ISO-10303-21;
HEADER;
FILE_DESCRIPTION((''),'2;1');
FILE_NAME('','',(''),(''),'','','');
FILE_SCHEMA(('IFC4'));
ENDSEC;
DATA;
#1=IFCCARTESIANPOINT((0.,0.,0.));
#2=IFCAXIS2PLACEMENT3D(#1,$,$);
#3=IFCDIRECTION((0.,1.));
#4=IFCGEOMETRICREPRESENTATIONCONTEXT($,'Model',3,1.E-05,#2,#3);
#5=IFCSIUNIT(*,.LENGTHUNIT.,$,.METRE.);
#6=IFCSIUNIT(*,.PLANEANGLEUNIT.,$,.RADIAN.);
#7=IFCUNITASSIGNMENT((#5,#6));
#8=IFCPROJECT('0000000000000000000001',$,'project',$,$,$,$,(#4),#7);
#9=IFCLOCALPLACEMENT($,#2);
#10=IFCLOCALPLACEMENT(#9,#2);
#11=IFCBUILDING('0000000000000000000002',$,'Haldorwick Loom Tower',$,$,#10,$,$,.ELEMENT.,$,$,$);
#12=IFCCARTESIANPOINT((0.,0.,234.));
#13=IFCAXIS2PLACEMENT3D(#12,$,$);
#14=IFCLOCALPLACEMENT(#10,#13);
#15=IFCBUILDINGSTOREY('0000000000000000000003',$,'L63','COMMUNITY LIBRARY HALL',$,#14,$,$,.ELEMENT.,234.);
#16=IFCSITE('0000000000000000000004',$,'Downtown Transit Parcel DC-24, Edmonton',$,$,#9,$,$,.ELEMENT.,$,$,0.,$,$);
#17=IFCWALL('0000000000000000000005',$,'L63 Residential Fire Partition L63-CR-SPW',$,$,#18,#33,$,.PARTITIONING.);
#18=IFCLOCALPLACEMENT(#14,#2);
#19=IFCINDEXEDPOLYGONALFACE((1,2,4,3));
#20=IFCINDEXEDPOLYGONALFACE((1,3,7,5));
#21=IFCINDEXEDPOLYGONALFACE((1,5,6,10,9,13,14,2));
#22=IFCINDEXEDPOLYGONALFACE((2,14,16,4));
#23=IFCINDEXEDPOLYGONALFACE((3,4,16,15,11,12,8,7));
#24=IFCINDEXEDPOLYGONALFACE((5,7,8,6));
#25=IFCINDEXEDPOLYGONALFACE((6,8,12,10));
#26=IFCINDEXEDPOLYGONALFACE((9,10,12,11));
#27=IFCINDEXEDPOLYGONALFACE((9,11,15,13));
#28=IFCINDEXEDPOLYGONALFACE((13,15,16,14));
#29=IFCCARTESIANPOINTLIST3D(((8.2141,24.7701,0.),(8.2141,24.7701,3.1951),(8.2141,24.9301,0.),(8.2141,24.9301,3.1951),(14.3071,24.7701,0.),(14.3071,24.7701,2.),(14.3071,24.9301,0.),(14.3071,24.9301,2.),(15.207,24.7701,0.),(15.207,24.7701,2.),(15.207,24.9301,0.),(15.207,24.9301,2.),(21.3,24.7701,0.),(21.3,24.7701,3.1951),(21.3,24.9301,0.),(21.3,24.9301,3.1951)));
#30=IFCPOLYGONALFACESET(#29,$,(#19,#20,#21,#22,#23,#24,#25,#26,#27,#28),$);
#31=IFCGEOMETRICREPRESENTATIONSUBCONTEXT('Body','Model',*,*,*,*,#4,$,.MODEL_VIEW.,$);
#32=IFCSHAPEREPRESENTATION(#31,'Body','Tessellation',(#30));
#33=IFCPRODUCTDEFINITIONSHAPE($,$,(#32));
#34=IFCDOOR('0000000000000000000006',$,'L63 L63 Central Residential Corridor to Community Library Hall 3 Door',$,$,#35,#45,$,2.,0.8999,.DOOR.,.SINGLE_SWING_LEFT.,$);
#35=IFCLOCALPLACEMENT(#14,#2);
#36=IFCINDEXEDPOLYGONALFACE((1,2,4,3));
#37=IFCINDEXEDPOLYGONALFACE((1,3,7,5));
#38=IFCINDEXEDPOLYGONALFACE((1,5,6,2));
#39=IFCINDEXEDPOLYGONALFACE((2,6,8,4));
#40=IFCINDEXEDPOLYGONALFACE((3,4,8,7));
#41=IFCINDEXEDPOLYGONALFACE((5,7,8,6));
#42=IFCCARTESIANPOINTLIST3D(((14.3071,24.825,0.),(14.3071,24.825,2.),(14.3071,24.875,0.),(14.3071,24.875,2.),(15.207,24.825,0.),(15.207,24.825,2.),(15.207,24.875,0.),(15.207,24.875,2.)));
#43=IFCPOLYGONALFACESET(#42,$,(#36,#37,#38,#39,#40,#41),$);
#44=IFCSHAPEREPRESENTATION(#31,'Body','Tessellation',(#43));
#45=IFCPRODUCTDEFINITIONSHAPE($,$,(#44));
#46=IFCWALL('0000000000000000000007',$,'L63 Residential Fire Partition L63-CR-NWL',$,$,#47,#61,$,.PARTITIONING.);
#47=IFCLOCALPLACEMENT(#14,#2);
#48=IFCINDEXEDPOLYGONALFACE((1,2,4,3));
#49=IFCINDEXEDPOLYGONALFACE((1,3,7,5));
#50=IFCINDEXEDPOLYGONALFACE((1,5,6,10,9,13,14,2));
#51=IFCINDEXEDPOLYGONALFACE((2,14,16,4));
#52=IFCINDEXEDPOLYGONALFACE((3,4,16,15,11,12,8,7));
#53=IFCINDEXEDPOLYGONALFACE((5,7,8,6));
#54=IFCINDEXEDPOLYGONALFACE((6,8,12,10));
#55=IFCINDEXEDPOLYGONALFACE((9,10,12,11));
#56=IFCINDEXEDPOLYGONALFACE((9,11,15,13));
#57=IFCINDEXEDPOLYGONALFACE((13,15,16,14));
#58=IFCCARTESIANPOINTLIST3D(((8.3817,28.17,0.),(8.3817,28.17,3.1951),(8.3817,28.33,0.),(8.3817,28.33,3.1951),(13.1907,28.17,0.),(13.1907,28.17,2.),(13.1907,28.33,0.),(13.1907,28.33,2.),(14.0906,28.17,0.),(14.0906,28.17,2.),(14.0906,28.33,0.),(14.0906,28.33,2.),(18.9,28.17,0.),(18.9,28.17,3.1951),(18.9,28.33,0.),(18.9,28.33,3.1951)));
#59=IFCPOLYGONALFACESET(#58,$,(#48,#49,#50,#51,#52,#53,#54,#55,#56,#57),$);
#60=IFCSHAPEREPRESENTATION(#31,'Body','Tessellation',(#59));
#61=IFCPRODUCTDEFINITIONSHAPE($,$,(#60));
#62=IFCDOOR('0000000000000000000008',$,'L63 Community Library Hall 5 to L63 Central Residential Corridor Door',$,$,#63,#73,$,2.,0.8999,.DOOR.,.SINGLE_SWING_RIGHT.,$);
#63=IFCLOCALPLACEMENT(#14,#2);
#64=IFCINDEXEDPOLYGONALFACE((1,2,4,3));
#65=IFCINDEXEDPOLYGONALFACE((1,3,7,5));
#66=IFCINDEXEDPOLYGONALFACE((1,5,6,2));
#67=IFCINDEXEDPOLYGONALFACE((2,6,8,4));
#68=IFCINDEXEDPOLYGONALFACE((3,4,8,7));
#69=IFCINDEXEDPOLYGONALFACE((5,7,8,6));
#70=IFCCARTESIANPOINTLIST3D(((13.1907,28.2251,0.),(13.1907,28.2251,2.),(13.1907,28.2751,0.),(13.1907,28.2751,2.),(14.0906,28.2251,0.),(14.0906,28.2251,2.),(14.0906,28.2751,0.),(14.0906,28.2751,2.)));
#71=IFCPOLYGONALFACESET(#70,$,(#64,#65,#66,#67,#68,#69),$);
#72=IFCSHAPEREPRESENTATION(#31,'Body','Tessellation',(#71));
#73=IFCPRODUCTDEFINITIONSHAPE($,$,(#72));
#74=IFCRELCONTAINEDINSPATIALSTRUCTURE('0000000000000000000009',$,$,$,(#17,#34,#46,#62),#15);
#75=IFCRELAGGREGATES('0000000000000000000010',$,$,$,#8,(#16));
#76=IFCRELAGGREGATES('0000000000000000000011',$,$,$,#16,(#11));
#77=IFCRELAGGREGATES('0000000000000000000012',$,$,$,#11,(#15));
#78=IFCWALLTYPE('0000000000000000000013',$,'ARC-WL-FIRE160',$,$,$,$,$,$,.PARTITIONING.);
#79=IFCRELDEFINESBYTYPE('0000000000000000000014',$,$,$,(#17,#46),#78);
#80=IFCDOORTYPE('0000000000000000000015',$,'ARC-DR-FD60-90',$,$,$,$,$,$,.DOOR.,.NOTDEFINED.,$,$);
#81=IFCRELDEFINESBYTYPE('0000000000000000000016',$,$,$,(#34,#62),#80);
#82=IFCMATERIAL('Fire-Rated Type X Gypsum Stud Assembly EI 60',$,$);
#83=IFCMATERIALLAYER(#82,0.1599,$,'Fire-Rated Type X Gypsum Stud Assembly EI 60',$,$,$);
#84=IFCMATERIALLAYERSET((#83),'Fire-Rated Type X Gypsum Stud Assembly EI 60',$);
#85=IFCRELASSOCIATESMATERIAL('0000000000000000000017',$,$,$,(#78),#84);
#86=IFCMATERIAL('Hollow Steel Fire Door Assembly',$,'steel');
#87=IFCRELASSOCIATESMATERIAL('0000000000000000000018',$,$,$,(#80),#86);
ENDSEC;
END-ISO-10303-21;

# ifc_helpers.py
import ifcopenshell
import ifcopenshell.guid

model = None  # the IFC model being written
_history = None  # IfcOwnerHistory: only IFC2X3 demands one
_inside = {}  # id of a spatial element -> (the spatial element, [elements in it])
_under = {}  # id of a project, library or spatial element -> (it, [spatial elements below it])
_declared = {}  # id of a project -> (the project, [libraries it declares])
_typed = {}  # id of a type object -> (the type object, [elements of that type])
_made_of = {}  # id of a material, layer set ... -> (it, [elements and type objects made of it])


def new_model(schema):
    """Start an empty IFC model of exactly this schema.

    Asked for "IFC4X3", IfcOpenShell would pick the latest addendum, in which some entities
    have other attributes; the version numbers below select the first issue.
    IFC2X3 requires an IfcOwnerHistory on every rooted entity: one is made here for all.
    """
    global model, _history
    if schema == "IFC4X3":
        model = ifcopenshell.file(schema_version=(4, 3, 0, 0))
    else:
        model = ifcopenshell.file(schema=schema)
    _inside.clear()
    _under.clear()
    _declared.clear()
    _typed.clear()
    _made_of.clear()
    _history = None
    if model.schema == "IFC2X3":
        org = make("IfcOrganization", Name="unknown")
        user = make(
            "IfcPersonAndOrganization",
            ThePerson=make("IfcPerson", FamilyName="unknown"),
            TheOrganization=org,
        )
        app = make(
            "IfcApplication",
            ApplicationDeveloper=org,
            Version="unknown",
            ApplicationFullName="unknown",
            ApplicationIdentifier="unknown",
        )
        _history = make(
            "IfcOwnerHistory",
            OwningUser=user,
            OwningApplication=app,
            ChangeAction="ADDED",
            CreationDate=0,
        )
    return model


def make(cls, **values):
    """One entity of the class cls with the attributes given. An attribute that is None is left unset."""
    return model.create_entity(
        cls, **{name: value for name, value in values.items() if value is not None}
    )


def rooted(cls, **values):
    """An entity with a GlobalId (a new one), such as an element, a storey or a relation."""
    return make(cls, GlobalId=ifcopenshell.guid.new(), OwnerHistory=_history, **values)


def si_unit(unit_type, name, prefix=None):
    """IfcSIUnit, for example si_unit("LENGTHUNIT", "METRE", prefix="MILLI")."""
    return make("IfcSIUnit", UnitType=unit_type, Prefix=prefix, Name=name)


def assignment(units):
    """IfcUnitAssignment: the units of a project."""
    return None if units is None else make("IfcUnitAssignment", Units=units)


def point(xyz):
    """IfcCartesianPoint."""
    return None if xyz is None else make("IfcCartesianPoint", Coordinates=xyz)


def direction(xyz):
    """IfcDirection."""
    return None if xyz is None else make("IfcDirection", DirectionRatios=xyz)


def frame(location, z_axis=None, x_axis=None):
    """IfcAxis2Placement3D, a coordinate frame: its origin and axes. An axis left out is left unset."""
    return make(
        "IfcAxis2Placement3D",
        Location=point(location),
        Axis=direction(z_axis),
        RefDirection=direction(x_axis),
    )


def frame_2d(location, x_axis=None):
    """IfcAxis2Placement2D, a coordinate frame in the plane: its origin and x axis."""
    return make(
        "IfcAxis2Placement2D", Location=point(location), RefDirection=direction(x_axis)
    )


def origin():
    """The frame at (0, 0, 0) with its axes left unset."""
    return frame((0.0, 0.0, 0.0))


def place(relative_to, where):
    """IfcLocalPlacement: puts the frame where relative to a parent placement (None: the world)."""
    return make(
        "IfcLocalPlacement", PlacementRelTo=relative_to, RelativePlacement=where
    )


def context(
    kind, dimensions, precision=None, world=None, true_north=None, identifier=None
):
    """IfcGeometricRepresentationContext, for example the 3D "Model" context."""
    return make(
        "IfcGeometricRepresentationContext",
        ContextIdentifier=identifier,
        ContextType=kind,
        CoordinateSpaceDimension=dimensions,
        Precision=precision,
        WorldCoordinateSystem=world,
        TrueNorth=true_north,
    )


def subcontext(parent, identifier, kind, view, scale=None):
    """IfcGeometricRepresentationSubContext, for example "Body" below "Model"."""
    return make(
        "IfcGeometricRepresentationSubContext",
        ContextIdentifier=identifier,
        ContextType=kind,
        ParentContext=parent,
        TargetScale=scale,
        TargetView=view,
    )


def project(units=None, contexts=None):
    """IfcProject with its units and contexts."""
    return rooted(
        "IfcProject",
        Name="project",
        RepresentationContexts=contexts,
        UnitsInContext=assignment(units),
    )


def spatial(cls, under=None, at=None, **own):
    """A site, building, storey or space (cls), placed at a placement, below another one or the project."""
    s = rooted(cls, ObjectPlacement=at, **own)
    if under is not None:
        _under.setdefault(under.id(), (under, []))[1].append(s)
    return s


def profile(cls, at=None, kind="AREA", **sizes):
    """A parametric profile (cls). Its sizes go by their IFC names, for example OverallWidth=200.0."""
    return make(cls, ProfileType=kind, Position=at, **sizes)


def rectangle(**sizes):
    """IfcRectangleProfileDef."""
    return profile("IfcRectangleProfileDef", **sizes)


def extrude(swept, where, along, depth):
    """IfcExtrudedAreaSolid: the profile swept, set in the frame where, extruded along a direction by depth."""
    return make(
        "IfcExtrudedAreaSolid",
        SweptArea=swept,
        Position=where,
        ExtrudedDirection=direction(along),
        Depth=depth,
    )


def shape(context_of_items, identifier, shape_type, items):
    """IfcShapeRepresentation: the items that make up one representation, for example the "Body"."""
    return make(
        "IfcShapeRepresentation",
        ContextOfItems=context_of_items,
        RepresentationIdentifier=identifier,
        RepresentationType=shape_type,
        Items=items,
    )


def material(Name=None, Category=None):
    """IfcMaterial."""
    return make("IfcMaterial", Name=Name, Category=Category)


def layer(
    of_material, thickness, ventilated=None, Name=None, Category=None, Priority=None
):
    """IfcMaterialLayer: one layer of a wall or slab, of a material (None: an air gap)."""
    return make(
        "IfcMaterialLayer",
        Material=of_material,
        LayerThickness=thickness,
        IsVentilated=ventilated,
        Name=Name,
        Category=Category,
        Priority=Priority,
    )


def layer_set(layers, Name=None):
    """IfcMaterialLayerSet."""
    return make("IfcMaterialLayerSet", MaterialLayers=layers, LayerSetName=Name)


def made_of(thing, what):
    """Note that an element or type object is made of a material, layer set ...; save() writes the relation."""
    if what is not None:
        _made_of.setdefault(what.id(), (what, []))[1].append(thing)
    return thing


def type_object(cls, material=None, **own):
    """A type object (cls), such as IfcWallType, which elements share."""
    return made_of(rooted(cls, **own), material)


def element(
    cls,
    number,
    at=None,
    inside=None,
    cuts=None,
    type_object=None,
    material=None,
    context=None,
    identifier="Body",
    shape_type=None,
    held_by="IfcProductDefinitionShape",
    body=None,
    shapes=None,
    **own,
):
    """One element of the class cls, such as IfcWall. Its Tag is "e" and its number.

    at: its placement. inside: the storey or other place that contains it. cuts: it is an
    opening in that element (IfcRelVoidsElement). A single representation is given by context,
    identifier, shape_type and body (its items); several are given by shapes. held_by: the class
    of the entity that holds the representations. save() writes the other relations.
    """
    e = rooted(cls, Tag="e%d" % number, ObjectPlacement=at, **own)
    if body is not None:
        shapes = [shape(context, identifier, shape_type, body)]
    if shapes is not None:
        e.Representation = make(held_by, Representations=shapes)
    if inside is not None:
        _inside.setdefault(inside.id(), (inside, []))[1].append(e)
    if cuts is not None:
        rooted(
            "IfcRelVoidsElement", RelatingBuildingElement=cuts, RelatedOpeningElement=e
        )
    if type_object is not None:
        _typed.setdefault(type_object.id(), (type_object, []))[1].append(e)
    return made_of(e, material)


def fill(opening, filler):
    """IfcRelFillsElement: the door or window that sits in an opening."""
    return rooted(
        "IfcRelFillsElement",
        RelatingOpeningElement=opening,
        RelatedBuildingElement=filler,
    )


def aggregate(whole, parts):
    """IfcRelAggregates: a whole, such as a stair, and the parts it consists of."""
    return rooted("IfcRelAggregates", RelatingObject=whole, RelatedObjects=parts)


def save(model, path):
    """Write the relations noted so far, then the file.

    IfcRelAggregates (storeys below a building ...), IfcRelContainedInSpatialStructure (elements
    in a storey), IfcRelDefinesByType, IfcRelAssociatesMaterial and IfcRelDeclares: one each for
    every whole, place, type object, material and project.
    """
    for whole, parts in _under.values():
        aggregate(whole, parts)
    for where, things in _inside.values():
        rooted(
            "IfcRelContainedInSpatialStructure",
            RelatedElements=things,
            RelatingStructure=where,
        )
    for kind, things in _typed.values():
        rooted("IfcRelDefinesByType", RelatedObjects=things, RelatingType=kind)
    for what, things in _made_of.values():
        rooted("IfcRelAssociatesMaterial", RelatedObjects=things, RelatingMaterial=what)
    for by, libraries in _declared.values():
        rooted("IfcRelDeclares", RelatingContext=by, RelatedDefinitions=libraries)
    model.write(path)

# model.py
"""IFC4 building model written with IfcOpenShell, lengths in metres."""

from ifc_helpers import new_model, si_unit, direction, frame, frame_2d, origin, place, context, subcontext, project, spatial, rectangle, extrude, material, layer, layer_set, type_object, element, fill, save


model = new_model("IFC4")

# Units and contexts
model_context = context("Model", 3, precision=1e-05, world=origin(), true_north=direction((0.0, 1.0)))
body_context = subcontext(model_context, "Body", "Model", "MODEL_VIEW")
ifc_project = project(units=[si_unit("LENGTHUNIT", "METRE"), si_unit("PLANEANGLEUNIT", "RADIAN")], contexts=[model_context])

# Site, building, storey
site_placement = place(None, origin())
site = spatial("IfcSite", under=ifc_project, at=site_placement, Name="Downtown Transit Parcel DC-24, Edmonton", CompositionType="ELEMENT", RefElevation=0.0)
building_placement = place(site_placement, origin())
building = spatial("IfcBuilding", under=site, at=building_placement, Name="Haldorwick Loom Tower", CompositionType="ELEMENT")
storey_placement = place(building_placement, frame((0.0, 0.0, 234.0)))
storey = spatial("IfcBuildingStorey", under=building, at=storey_placement, Name="L63", Description="COMMUNITY LIBRARY HALL", CompositionType="ELEMENT", Elevation=234.0)

# Shared definitions
ifc_material_1 = material(Name="Fire-Rated Type X Gypsum Stud Assembly EI 60")
ifc_layer_1 = layer(ifc_material_1, 0.1599, Name="Fire-Rated Type X Gypsum Stud Assembly EI 60")
ifc_layer_set_1 = layer_set([ifc_layer_1], Name="Fire-Rated Type X Gypsum Stud Assembly EI 60")
wall_type_1 = type_object("IfcWallType", Name="ARC-WL-FIRE160", PredefinedType="PARTITIONING", material=ifc_layer_set_1)
ifc_material_2 = material(Name="Hollow Steel Fire Door Assembly", Category="steel")
door_type = type_object("IfcDoorType", Name="ARC-DR-FD60-90", OperationType="NOTDEFINED", PredefinedType="DOOR", material=ifc_material_2)

# Walls, openings, doors
wall_1_placement = place(storey_placement, frame((8.2141, 24.8501, 0.0), z_axis=(0.0, 0.0, 1.0), x_axis=(1.0, 0.0, 0.0)))
wall_1 = element("IfcWall", 1, at=wall_1_placement, inside=storey, type_object=wall_type_1, Name="L63 Residential Fire Partition L63-CR-SPW", PredefinedType="PARTITIONING", context=body_context, shape_type="SweptSolid", body=[
    extrude(rectangle(XDim=13.0859, YDim=0.1599, at=frame_2d((6.543, 0.0))), origin(), (0.0, 0.0, 1.0), 3.1951),
])
opening_1_placement = place(wall_1_placement, frame((6.093, 0.0, 0.0)))
opening_1 = element("IfcOpeningElement", 2, at=opening_1_placement, cuts=wall_1, PredefinedType="OPENING", context=body_context, shape_type="SweptSolid", body=[
    extrude(rectangle(XDim=0.8999, YDim=2.0, at=frame_2d((0.45, 1.0))), frame((0.0, 0.0898, 0.0), z_axis=(0.0, -1.0, 0.0), x_axis=(1.0, 0.0, 0.0)), (0.0, 0.0, 1.0), 0.1799),
])
door_1_placement = place(opening_1_placement, origin())
door_1 = element("IfcDoor", 3, at=door_1_placement, inside=storey, type_object=door_type, Name="L63 L63 Central Residential Corridor to Community Library Hall 3 Door", OperationType="SINGLE_SWING_LEFT", OverallHeight=2.0, OverallWidth=0.8999, PredefinedType="DOOR", context=body_context, shape_type="SweptSolid", body=[
    extrude(rectangle(XDim=0.8999, YDim=2.0, at=frame_2d((0.45, 1.0))), frame((0.0, 0.0249, 0.0), z_axis=(0.0, -1.0, 0.0), x_axis=(1.0, 0.0, 0.0)), (0.0, 0.0, 1.0), 0.05),
])
fill(opening_1, door_1)
wall_2_placement = place(storey_placement, frame((8.3816, 28.25, 0.0), z_axis=(0.0, 0.0, 1.0), x_axis=(1.0, 0.0, 0.0)))
wall_2 = element("IfcWall", 4, at=wall_2_placement, inside=storey, type_object=wall_type_1, Name="L63 Residential Fire Partition L63-CR-NWL", PredefinedType="PARTITIONING", context=body_context, shape_type="SweptSolid", body=[
    extrude(rectangle(XDim=10.5183, YDim=0.1599, at=frame_2d((5.2593, 0.0))), origin(), (0.0, 0.0, 1.0), 3.1951),
])
opening_2_placement = place(wall_2_placement, frame((4.8091, 0.0, 0.0)))
opening_2 = element("IfcOpeningElement", 5, at=opening_2_placement, cuts=wall_2, PredefinedType="OPENING", context=body_context, shape_type="SweptSolid", body=[
    extrude(rectangle(XDim=0.8999, YDim=2.0, at=frame_2d((0.45, 1.0))), frame((0.0, 0.0898, 0.0), z_axis=(0.0, -1.0, 0.0), x_axis=(1.0, 0.0, 0.0)), (0.0, 0.0, 1.0), 0.1799),
])
door_2_placement = place(opening_2_placement, frame((0.8999, 0.0, 0.0), z_axis=(0.0, 0.0, 1.0), x_axis=(-1.0, 0.0, 0.0)))
door_2 = element("IfcDoor", 6, at=door_2_placement, inside=storey, type_object=door_type, Name="L63 Community Library Hall 5 to L63 Central Residential Corridor Door", OperationType="SINGLE_SWING_RIGHT", OverallHeight=2.0, OverallWidth=0.8999, PredefinedType="DOOR", context=body_context, shape_type="SweptSolid", body=[
    extrude(rectangle(XDim=0.8999, YDim=2.0, at=frame_2d((0.45, 1.0))), frame((0.0, 0.0249, 0.0), z_axis=(0.0, -1.0, 0.0), x_axis=(1.0, 0.0, 0.0)), (0.0, 0.0, 1.0), 0.05),
])
fill(opening_2, door_2)

save(model, "model.ifc")
